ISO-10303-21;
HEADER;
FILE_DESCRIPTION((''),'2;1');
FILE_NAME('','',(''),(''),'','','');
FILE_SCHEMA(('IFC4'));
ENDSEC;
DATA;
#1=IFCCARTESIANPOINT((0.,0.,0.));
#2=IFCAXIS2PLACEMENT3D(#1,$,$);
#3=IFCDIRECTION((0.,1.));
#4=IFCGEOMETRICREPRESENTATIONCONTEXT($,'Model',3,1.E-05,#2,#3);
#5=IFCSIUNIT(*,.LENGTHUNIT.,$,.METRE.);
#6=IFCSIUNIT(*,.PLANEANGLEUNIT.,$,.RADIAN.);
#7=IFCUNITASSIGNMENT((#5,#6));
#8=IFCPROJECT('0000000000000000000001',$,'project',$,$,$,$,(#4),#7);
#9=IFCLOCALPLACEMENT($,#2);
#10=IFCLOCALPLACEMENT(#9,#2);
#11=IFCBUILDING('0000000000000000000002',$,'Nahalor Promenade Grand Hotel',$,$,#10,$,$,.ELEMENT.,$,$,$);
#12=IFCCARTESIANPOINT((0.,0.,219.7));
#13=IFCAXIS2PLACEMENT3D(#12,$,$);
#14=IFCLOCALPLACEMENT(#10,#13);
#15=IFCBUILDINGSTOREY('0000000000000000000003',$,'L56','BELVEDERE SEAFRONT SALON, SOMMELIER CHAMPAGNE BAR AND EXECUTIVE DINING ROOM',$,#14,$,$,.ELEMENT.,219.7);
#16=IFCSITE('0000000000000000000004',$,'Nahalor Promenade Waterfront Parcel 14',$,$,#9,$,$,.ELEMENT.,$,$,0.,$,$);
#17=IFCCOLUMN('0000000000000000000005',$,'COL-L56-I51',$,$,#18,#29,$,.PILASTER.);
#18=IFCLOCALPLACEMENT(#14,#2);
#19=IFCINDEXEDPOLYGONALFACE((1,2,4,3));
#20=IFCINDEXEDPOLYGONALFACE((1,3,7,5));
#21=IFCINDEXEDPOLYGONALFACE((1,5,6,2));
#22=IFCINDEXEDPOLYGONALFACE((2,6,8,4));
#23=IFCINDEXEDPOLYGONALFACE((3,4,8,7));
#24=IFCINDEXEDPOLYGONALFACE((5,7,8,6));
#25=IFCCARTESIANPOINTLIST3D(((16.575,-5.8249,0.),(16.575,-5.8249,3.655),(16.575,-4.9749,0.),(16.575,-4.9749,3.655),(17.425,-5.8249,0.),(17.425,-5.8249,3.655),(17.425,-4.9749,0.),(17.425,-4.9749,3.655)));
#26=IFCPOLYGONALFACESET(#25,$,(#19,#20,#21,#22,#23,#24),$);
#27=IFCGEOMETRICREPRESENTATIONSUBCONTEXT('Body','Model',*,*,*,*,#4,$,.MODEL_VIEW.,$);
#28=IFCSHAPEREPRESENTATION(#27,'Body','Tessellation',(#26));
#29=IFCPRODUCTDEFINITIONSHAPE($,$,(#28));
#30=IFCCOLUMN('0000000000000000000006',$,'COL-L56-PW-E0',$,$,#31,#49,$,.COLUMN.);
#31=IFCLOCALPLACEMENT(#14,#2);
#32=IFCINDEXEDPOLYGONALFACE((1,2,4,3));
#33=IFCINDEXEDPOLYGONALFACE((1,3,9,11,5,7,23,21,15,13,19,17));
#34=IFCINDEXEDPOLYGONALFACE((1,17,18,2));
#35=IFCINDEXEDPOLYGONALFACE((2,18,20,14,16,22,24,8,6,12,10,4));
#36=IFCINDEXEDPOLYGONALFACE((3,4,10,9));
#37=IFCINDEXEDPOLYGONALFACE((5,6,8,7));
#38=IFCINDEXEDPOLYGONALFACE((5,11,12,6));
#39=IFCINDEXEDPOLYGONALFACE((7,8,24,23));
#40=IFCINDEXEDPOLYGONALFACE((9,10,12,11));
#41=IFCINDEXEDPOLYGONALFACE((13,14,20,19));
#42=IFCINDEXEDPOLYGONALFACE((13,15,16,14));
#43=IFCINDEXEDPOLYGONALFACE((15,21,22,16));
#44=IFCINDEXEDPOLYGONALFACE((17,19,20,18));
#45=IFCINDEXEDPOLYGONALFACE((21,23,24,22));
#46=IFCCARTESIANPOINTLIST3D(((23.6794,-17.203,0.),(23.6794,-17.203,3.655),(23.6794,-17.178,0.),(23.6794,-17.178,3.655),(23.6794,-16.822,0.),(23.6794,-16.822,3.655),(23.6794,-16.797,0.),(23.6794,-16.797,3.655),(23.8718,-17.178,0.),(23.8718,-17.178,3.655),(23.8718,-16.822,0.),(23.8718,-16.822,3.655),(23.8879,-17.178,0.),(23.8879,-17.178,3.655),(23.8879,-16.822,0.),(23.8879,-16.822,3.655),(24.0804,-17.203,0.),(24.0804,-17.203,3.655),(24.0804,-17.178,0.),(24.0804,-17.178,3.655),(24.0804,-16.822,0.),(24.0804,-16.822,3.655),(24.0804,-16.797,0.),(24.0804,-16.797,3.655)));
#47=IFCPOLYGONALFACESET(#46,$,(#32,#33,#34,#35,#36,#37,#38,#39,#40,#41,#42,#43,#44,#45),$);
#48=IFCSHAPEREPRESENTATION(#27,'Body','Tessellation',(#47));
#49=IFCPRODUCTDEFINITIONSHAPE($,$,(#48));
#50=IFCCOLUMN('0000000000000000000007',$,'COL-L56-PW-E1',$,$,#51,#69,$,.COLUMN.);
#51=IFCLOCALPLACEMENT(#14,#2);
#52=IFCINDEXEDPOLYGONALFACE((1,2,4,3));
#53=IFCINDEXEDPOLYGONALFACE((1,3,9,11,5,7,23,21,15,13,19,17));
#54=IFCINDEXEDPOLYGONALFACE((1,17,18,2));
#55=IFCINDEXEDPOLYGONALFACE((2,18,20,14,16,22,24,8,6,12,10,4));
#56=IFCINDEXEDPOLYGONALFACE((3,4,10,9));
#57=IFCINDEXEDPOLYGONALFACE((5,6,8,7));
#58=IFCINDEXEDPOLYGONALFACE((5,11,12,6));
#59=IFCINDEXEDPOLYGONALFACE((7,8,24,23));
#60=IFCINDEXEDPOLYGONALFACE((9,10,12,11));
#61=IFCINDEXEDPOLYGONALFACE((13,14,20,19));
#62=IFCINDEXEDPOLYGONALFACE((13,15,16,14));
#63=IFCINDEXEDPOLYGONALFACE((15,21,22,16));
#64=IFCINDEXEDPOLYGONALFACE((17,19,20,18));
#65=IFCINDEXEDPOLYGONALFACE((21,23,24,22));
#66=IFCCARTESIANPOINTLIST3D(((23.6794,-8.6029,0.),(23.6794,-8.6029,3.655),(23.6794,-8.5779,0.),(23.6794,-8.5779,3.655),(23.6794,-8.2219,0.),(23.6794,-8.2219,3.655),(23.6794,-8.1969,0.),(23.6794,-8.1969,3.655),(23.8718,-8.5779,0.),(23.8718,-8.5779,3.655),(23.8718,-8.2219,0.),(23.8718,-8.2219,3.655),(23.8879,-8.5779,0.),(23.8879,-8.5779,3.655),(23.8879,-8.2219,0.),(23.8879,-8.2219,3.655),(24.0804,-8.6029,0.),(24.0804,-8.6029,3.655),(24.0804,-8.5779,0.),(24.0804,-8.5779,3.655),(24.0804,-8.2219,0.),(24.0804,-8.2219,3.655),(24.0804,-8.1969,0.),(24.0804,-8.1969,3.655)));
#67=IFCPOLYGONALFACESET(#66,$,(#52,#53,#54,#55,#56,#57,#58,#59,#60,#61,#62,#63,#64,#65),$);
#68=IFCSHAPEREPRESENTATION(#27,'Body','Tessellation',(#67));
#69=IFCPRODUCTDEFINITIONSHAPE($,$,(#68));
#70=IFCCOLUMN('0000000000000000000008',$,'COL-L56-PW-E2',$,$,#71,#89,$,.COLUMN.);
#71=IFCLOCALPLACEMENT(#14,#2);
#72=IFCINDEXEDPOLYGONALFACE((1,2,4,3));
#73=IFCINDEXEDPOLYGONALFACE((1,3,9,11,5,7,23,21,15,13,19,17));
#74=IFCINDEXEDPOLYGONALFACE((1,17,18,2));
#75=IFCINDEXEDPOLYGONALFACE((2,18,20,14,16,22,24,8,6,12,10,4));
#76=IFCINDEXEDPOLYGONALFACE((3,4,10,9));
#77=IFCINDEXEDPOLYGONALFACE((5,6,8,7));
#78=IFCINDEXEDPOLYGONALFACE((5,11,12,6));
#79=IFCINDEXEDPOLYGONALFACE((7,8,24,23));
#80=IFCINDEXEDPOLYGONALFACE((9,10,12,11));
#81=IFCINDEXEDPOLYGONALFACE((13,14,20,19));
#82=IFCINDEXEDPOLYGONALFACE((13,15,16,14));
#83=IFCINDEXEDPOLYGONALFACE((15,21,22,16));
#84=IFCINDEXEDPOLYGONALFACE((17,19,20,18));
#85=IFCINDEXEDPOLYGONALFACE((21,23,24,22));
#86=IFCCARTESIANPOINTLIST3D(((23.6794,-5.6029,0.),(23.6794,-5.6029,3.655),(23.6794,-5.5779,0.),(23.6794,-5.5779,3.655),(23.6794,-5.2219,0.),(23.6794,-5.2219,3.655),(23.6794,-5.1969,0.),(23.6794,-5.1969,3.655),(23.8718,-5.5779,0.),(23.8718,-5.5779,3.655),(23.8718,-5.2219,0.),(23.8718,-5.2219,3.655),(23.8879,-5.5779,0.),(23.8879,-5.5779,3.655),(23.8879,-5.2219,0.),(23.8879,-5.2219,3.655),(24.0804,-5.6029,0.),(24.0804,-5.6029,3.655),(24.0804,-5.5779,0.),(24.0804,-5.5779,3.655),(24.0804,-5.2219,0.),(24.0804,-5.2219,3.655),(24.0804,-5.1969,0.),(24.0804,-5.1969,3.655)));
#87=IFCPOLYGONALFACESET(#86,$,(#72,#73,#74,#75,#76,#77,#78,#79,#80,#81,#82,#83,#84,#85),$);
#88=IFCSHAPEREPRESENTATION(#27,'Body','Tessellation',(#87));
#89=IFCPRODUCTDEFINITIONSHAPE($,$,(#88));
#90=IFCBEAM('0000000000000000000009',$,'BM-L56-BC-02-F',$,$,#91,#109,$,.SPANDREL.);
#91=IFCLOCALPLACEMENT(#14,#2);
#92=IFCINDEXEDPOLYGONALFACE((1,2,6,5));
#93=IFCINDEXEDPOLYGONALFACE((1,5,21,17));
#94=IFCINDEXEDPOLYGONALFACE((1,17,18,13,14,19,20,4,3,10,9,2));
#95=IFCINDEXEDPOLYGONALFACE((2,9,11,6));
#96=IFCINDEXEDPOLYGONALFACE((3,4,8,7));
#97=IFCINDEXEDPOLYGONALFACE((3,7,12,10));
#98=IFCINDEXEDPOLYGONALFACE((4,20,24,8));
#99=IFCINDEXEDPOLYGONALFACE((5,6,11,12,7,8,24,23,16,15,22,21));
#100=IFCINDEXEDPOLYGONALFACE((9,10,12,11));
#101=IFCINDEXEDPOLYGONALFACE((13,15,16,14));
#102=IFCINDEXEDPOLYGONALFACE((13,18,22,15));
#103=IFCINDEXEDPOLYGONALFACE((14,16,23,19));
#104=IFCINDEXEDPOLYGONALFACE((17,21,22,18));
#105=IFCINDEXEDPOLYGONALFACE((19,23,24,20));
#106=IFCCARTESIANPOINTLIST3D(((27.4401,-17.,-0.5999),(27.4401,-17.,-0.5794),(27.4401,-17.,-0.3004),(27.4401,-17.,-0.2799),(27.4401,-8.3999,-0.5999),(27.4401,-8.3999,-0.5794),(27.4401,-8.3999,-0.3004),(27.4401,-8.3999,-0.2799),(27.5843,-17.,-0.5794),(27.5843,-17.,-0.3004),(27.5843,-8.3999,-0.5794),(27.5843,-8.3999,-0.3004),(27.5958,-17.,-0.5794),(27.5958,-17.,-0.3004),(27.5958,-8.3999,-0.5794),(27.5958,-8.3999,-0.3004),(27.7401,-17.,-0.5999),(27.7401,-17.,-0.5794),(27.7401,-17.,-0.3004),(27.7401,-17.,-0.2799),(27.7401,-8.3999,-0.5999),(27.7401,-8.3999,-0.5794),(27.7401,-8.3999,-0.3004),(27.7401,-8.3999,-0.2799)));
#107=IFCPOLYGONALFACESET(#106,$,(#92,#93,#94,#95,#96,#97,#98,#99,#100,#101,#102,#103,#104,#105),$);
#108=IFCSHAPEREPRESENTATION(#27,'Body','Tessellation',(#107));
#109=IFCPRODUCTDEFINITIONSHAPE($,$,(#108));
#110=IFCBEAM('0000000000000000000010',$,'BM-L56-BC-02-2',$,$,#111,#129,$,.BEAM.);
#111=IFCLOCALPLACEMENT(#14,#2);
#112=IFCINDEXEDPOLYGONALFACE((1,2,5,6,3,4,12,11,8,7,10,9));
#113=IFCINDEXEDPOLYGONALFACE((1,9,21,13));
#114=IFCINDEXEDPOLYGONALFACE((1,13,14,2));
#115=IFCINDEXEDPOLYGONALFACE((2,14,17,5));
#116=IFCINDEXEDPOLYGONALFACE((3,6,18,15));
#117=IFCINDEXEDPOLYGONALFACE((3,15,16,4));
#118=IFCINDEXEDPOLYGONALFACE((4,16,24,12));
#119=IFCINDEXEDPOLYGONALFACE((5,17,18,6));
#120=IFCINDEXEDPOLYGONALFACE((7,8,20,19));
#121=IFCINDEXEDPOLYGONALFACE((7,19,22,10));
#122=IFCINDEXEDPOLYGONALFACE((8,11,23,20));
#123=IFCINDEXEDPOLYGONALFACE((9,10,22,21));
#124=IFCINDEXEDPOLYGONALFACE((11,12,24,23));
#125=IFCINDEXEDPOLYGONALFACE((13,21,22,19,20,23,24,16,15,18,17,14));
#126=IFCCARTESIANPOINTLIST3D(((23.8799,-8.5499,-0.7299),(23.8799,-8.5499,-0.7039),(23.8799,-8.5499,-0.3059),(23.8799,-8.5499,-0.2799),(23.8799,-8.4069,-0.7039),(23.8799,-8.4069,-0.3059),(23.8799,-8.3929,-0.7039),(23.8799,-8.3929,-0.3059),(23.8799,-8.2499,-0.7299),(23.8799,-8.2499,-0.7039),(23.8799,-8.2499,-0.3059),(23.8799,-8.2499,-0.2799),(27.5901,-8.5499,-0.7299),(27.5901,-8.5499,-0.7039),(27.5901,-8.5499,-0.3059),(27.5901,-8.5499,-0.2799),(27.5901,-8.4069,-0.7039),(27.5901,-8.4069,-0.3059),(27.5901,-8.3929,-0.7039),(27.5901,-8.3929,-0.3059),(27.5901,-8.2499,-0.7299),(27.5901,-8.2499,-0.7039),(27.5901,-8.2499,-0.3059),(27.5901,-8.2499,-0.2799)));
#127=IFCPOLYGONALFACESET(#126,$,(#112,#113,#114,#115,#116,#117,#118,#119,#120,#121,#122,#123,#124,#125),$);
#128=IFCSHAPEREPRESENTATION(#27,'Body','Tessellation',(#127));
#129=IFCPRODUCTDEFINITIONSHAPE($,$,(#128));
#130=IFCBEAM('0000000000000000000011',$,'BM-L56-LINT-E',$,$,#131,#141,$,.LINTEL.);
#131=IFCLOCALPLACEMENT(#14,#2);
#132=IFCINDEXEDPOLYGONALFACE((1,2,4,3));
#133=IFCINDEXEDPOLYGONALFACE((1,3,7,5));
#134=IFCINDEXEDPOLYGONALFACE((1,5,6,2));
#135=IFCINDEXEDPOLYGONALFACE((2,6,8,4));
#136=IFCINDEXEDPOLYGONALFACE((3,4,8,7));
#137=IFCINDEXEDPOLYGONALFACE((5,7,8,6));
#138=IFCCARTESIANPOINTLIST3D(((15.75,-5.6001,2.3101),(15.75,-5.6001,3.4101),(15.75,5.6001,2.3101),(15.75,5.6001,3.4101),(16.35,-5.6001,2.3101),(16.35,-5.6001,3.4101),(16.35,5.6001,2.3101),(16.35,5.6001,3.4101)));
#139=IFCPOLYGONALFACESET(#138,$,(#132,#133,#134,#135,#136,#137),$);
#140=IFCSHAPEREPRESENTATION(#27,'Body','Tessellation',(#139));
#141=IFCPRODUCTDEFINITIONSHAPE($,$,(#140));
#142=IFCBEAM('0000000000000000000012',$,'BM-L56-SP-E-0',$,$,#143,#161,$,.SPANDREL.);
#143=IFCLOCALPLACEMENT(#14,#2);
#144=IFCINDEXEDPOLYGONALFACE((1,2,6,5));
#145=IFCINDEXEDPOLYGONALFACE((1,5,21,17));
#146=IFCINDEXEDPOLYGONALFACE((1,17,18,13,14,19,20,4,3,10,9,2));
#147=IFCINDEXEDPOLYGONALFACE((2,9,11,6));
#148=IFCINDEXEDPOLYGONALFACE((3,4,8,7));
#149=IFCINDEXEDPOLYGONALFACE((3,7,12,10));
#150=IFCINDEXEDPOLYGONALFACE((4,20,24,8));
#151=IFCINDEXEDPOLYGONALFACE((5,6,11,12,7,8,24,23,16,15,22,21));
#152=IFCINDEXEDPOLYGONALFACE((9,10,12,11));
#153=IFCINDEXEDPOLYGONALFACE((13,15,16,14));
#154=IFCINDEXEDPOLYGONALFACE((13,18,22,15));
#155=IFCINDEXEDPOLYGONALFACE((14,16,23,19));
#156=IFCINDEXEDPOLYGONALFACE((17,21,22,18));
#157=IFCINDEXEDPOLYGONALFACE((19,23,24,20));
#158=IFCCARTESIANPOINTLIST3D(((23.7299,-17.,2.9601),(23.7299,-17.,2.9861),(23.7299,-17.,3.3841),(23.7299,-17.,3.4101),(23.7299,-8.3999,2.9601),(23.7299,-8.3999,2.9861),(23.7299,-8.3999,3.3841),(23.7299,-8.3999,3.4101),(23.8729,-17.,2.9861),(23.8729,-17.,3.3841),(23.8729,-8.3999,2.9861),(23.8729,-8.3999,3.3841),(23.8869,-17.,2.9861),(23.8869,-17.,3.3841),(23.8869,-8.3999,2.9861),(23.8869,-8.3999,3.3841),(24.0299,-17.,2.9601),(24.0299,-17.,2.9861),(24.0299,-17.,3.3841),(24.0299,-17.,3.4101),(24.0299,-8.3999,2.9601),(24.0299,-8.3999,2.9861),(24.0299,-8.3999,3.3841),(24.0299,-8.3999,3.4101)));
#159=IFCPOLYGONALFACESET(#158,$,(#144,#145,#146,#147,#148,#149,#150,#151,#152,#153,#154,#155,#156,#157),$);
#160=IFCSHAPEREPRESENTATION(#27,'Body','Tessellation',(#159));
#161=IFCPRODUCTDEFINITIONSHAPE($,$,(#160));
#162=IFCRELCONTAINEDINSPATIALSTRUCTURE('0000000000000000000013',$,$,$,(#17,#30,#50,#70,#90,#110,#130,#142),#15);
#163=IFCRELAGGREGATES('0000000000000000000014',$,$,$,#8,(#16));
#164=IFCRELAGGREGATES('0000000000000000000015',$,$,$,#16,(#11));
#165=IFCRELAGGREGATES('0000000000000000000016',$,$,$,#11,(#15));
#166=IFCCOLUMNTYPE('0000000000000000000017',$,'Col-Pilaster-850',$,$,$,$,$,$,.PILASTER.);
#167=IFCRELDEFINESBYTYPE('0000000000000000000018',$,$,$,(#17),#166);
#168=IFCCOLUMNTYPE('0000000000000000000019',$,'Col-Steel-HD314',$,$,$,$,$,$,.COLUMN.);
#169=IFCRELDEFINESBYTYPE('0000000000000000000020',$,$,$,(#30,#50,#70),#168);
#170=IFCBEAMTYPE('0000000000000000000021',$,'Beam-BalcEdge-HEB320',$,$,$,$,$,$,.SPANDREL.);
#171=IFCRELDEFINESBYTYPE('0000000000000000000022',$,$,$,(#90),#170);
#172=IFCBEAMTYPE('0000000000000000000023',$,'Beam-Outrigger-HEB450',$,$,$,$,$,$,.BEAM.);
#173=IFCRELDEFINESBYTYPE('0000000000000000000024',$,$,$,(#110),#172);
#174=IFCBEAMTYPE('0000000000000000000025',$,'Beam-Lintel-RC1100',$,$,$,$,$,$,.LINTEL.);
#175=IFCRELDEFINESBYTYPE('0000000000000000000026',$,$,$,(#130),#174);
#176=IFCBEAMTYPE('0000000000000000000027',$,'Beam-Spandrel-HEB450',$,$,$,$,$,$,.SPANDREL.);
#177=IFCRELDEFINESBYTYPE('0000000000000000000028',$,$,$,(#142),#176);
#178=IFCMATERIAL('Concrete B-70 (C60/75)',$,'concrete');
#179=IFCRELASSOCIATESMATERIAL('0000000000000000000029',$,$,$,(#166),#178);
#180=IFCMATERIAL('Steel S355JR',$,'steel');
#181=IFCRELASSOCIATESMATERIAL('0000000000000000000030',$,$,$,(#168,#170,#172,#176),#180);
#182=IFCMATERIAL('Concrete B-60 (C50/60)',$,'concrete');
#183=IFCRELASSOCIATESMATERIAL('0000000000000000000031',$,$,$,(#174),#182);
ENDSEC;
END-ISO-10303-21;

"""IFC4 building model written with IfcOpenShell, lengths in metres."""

from ifc_helpers import new_model, si_unit, direction, frame, origin, origin_2d, place, context, subcontext, project, spatial, rectangle, i_section, extrude, source, transform, mapped, material, material_profile, profile_set, type_object, element, save


model = new_model("IFC4")

# Units and contexts
model_context = context("Model", 3, precision=1e-05, world=origin(), true_north=direction((0.0, 1.0)))
body_context = subcontext(model_context, "Body", "Model", "MODEL_VIEW")
ifc_project = project(units=[si_unit("LENGTHUNIT", "METRE"), si_unit("PLANEANGLEUNIT", "RADIAN")], contexts=[model_context])

# Site, building, storey
site_placement = place(None, origin())
site = spatial("IfcSite", under=ifc_project, at=site_placement, Name="Nahalor Promenade Waterfront Parcel 14", CompositionType="ELEMENT", RefElevation=0.0)
building_placement = place(site_placement, origin())
building = spatial("IfcBuilding", under=site, at=building_placement, Name="Nahalor Promenade Grand Hotel", CompositionType="ELEMENT")
storey_placement = place(building_placement, frame((0.0, 0.0, 219.7)))
storey = spatial("IfcBuildingStorey", under=building, at=storey_placement, Name="L56", Description="BELVEDERE SEAFRONT SALON, SOMMELIER CHAMPAGNE BAR AND EXECUTIVE DINING ROOM", CompositionType="ELEMENT", Elevation=219.7)

# Columns
ifc_material_1 = material(Name="Concrete B-70 (C60/75)", Category="concrete")
ifc_material_profile_1 = material_profile(ifc_material_1, rectangle(XDim=0.85, YDim=0.85, at=origin_2d()), Name="RC 850x850")
ifc_profile_set_1 = profile_set([ifc_material_profile_1], Name="Concrete B-70 (C60/75)")
column_type_1 = type_object("IfcColumnType", Name="Col-Pilaster-850", PredefinedType="PILASTER", material=ifc_profile_set_1)
shared_shape_1 = source(origin(), body_context, "Body", "SweptSolid", [
    extrude(rectangle(XDim=0.85, YDim=0.85, at=origin_2d()), origin(), (0.0, 0.0, 1.0), 3.655),
])
column_placement = place(storey_placement, frame((17.0, -5.3999, 0.0), z_axis=(0.0, 0.0, 1.0), x_axis=(1.0, 0.0, 0.0)))
element("IfcColumn", 1, at=column_placement, inside=storey, type_object=column_type_1, Name="COL-L56-I51", PredefinedType="PILASTER", context=body_context, shape_type="MappedRepresentation", body=[
    mapped(shared_shape_1, transform((0.0, 0.0, 0.0), scale=1.0)),
])
ifc_material_2 = material(Name="Steel S355JR", Category="steel")
ifc_material_profile_2 = material_profile(ifc_material_2, i_section(OverallWidth=0.401, OverallDepth=0.406, WebThickness=0.0161, FlangeThickness=0.025, at=origin_2d()), Name="HD 400x314")
ifc_profile_set_2 = profile_set([ifc_material_profile_2], Name="Steel S355JR")
column_type_2 = type_object("IfcColumnType", Name="Col-Steel-HD314", PredefinedType="COLUMN", material=ifc_profile_set_2)
shared_shape_2 = source(origin(), body_context, "Body", "SweptSolid", [
    extrude(i_section(OverallWidth=0.401, OverallDepth=0.406, WebThickness=0.0161, FlangeThickness=0.025, at=origin_2d()), origin(), (0.0, 0.0, 1.0), 3.655),
])
for number, where, z_axis, x_axis, name in (
    (2, (23.8799, -17.0, 0.0), (0.0, 0.0, 1.0), (1.0, 0.0, 0.0), "COL-L56-PW-E0"),
    (3, (23.8799, -8.3999, 0.0), (0.0, 0.0, 1.0), (1.0, 0.0, 0.0), "COL-L56-PW-E1"),
    (4, (23.8799, -5.3999, 0.0), (0.0, 0.0, 1.0), (1.0, 0.0, 0.0), "COL-L56-PW-E2"),
):
    element("IfcColumn", number, at=place(storey_placement, frame(where, z_axis=z_axis, x_axis=x_axis)), inside=storey, type_object=column_type_2, Name=name, PredefinedType="COLUMN", context=body_context, shape_type="MappedRepresentation", body=[
        mapped(shared_shape_2, transform((0.0, 0.0, 0.0), scale=1.0)),
    ])

# Beams
ifc_material_profile_3 = material_profile(ifc_material_2, i_section(OverallWidth=0.3, OverallDepth=0.32, WebThickness=0.0115, FlangeThickness=0.0205, at=origin_2d()), Name="HEB 320")
ifc_profile_set_3 = profile_set([ifc_material_profile_3], Name="Steel S355JR")
beam_type_1 = type_object("IfcBeamType", Name="Beam-BalcEdge-HEB320", PredefinedType="SPANDREL", material=ifc_profile_set_3)
shared_shape_3 = source(origin(), body_context, "Body", "SweptSolid", [
    extrude(i_section(OverallWidth=0.3, OverallDepth=0.32, WebThickness=0.0115, FlangeThickness=0.0205, at=origin_2d()), origin(), (0.0, 0.0, 1.0), 8.6001),
])
beam_1_placement = place(storey_placement, frame((27.5901, -17.0, -0.4399), z_axis=(0.0, 1.0, 0.0), x_axis=(-1.0, 0.0, 0.0)))
element("IfcBeam", 5, at=beam_1_placement, inside=storey, type_object=beam_type_1, Name="BM-L56-BC-02-F", PredefinedType="SPANDREL", context=body_context, shape_type="MappedRepresentation", body=[
    mapped(shared_shape_3, transform((0.0, 0.0, 0.0), scale=1.0)),
])
ifc_material_profile_4 = material_profile(ifc_material_2, i_section(OverallWidth=0.3, OverallDepth=0.45, WebThickness=0.014, FlangeThickness=0.026, at=origin_2d()), Name="HEB 450")
ifc_profile_set_4 = profile_set([ifc_material_profile_4], Name="Steel S355JR")
beam_type_2 = type_object("IfcBeamType", Name="Beam-Outrigger-HEB450", PredefinedType="BEAM", material=ifc_profile_set_4)
shared_shape_4 = source(origin(), body_context, "Body", "SweptSolid", [
    extrude(i_section(OverallWidth=0.3, OverallDepth=0.45, WebThickness=0.014, FlangeThickness=0.026, at=origin_2d()), origin(), (0.0, 0.0, 1.0), 3.7102),
])
beam_2_placement = place(storey_placement, frame((23.8799, -8.3999, -0.5049), z_axis=(1.0, 0.0, 0.0), x_axis=(0.0, 1.0, 0.0)))
element("IfcBeam", 6, at=beam_2_placement, inside=storey, type_object=beam_type_2, Name="BM-L56-BC-02-2", PredefinedType="BEAM", context=body_context, shape_type="MappedRepresentation", body=[
    mapped(shared_shape_4, transform((0.0, 0.0, 0.0), scale=1.0)),
])
ifc_material_3 = material(Name="Concrete B-60 (C50/60)", Category="concrete")
ifc_material_profile_5 = material_profile(ifc_material_3, rectangle(XDim=0.6, YDim=1.1, at=origin_2d()), Name="RC 600x1100")
ifc_profile_set_5 = profile_set([ifc_material_profile_5], Name="Concrete B-60 (C50/60)")
beam_type_3 = type_object("IfcBeamType", Name="Beam-Lintel-RC1100", PredefinedType="LINTEL", material=ifc_profile_set_5)
shared_shape_5 = source(origin(), body_context, "Body", "SweptSolid", [
    extrude(rectangle(XDim=0.6, YDim=1.1, at=origin_2d()), origin(), (0.0, 0.0, 1.0), 11.2002),
])
beam_3_placement = place(storey_placement, frame((16.05, -5.6001, 2.8601), z_axis=(0.0, 1.0, 0.0), x_axis=(-1.0, 0.0, 0.0)))
element("IfcBeam", 7, at=beam_3_placement, inside=storey, type_object=beam_type_3, Name="BM-L56-LINT-E", PredefinedType="LINTEL", context=body_context, shape_type="MappedRepresentation", body=[
    mapped(shared_shape_5, transform((0.0, 0.0, 0.0), scale=1.0)),
])
ifc_material_profile_6 = material_profile(ifc_material_2, i_section(OverallWidth=0.3, OverallDepth=0.45, WebThickness=0.014, FlangeThickness=0.026, at=origin_2d()), Name="HEB 450")
ifc_profile_set_6 = profile_set([ifc_material_profile_6], Name="Steel S355JR")
beam_type_4 = type_object("IfcBeamType", Name="Beam-Spandrel-HEB450", PredefinedType="SPANDREL", material=ifc_profile_set_6)
shared_shape_6 = source(origin(), body_context, "Body", "SweptSolid", [
    extrude(i_section(OverallWidth=0.3, OverallDepth=0.45, WebThickness=0.014, FlangeThickness=0.026, at=origin_2d()), origin(), (0.0, 0.0, 1.0), 8.6001),
])
beam_4_placement = place(storey_placement, frame((23.8799, -17.0, 3.1851), z_axis=(0.0, 1.0, 0.0), x_axis=(-1.0, 0.0, 0.0)))
element("IfcBeam", 8, at=beam_4_placement, inside=storey, type_object=beam_type_4, Name="BM-L56-SP-E-0", PredefinedType="SPANDREL", context=body_context, shape_type="MappedRepresentation", body=[
    mapped(shared_shape_6, transform((0.0, 0.0, 0.0), scale=1.0)),
])

save(model, "model.ifc")
